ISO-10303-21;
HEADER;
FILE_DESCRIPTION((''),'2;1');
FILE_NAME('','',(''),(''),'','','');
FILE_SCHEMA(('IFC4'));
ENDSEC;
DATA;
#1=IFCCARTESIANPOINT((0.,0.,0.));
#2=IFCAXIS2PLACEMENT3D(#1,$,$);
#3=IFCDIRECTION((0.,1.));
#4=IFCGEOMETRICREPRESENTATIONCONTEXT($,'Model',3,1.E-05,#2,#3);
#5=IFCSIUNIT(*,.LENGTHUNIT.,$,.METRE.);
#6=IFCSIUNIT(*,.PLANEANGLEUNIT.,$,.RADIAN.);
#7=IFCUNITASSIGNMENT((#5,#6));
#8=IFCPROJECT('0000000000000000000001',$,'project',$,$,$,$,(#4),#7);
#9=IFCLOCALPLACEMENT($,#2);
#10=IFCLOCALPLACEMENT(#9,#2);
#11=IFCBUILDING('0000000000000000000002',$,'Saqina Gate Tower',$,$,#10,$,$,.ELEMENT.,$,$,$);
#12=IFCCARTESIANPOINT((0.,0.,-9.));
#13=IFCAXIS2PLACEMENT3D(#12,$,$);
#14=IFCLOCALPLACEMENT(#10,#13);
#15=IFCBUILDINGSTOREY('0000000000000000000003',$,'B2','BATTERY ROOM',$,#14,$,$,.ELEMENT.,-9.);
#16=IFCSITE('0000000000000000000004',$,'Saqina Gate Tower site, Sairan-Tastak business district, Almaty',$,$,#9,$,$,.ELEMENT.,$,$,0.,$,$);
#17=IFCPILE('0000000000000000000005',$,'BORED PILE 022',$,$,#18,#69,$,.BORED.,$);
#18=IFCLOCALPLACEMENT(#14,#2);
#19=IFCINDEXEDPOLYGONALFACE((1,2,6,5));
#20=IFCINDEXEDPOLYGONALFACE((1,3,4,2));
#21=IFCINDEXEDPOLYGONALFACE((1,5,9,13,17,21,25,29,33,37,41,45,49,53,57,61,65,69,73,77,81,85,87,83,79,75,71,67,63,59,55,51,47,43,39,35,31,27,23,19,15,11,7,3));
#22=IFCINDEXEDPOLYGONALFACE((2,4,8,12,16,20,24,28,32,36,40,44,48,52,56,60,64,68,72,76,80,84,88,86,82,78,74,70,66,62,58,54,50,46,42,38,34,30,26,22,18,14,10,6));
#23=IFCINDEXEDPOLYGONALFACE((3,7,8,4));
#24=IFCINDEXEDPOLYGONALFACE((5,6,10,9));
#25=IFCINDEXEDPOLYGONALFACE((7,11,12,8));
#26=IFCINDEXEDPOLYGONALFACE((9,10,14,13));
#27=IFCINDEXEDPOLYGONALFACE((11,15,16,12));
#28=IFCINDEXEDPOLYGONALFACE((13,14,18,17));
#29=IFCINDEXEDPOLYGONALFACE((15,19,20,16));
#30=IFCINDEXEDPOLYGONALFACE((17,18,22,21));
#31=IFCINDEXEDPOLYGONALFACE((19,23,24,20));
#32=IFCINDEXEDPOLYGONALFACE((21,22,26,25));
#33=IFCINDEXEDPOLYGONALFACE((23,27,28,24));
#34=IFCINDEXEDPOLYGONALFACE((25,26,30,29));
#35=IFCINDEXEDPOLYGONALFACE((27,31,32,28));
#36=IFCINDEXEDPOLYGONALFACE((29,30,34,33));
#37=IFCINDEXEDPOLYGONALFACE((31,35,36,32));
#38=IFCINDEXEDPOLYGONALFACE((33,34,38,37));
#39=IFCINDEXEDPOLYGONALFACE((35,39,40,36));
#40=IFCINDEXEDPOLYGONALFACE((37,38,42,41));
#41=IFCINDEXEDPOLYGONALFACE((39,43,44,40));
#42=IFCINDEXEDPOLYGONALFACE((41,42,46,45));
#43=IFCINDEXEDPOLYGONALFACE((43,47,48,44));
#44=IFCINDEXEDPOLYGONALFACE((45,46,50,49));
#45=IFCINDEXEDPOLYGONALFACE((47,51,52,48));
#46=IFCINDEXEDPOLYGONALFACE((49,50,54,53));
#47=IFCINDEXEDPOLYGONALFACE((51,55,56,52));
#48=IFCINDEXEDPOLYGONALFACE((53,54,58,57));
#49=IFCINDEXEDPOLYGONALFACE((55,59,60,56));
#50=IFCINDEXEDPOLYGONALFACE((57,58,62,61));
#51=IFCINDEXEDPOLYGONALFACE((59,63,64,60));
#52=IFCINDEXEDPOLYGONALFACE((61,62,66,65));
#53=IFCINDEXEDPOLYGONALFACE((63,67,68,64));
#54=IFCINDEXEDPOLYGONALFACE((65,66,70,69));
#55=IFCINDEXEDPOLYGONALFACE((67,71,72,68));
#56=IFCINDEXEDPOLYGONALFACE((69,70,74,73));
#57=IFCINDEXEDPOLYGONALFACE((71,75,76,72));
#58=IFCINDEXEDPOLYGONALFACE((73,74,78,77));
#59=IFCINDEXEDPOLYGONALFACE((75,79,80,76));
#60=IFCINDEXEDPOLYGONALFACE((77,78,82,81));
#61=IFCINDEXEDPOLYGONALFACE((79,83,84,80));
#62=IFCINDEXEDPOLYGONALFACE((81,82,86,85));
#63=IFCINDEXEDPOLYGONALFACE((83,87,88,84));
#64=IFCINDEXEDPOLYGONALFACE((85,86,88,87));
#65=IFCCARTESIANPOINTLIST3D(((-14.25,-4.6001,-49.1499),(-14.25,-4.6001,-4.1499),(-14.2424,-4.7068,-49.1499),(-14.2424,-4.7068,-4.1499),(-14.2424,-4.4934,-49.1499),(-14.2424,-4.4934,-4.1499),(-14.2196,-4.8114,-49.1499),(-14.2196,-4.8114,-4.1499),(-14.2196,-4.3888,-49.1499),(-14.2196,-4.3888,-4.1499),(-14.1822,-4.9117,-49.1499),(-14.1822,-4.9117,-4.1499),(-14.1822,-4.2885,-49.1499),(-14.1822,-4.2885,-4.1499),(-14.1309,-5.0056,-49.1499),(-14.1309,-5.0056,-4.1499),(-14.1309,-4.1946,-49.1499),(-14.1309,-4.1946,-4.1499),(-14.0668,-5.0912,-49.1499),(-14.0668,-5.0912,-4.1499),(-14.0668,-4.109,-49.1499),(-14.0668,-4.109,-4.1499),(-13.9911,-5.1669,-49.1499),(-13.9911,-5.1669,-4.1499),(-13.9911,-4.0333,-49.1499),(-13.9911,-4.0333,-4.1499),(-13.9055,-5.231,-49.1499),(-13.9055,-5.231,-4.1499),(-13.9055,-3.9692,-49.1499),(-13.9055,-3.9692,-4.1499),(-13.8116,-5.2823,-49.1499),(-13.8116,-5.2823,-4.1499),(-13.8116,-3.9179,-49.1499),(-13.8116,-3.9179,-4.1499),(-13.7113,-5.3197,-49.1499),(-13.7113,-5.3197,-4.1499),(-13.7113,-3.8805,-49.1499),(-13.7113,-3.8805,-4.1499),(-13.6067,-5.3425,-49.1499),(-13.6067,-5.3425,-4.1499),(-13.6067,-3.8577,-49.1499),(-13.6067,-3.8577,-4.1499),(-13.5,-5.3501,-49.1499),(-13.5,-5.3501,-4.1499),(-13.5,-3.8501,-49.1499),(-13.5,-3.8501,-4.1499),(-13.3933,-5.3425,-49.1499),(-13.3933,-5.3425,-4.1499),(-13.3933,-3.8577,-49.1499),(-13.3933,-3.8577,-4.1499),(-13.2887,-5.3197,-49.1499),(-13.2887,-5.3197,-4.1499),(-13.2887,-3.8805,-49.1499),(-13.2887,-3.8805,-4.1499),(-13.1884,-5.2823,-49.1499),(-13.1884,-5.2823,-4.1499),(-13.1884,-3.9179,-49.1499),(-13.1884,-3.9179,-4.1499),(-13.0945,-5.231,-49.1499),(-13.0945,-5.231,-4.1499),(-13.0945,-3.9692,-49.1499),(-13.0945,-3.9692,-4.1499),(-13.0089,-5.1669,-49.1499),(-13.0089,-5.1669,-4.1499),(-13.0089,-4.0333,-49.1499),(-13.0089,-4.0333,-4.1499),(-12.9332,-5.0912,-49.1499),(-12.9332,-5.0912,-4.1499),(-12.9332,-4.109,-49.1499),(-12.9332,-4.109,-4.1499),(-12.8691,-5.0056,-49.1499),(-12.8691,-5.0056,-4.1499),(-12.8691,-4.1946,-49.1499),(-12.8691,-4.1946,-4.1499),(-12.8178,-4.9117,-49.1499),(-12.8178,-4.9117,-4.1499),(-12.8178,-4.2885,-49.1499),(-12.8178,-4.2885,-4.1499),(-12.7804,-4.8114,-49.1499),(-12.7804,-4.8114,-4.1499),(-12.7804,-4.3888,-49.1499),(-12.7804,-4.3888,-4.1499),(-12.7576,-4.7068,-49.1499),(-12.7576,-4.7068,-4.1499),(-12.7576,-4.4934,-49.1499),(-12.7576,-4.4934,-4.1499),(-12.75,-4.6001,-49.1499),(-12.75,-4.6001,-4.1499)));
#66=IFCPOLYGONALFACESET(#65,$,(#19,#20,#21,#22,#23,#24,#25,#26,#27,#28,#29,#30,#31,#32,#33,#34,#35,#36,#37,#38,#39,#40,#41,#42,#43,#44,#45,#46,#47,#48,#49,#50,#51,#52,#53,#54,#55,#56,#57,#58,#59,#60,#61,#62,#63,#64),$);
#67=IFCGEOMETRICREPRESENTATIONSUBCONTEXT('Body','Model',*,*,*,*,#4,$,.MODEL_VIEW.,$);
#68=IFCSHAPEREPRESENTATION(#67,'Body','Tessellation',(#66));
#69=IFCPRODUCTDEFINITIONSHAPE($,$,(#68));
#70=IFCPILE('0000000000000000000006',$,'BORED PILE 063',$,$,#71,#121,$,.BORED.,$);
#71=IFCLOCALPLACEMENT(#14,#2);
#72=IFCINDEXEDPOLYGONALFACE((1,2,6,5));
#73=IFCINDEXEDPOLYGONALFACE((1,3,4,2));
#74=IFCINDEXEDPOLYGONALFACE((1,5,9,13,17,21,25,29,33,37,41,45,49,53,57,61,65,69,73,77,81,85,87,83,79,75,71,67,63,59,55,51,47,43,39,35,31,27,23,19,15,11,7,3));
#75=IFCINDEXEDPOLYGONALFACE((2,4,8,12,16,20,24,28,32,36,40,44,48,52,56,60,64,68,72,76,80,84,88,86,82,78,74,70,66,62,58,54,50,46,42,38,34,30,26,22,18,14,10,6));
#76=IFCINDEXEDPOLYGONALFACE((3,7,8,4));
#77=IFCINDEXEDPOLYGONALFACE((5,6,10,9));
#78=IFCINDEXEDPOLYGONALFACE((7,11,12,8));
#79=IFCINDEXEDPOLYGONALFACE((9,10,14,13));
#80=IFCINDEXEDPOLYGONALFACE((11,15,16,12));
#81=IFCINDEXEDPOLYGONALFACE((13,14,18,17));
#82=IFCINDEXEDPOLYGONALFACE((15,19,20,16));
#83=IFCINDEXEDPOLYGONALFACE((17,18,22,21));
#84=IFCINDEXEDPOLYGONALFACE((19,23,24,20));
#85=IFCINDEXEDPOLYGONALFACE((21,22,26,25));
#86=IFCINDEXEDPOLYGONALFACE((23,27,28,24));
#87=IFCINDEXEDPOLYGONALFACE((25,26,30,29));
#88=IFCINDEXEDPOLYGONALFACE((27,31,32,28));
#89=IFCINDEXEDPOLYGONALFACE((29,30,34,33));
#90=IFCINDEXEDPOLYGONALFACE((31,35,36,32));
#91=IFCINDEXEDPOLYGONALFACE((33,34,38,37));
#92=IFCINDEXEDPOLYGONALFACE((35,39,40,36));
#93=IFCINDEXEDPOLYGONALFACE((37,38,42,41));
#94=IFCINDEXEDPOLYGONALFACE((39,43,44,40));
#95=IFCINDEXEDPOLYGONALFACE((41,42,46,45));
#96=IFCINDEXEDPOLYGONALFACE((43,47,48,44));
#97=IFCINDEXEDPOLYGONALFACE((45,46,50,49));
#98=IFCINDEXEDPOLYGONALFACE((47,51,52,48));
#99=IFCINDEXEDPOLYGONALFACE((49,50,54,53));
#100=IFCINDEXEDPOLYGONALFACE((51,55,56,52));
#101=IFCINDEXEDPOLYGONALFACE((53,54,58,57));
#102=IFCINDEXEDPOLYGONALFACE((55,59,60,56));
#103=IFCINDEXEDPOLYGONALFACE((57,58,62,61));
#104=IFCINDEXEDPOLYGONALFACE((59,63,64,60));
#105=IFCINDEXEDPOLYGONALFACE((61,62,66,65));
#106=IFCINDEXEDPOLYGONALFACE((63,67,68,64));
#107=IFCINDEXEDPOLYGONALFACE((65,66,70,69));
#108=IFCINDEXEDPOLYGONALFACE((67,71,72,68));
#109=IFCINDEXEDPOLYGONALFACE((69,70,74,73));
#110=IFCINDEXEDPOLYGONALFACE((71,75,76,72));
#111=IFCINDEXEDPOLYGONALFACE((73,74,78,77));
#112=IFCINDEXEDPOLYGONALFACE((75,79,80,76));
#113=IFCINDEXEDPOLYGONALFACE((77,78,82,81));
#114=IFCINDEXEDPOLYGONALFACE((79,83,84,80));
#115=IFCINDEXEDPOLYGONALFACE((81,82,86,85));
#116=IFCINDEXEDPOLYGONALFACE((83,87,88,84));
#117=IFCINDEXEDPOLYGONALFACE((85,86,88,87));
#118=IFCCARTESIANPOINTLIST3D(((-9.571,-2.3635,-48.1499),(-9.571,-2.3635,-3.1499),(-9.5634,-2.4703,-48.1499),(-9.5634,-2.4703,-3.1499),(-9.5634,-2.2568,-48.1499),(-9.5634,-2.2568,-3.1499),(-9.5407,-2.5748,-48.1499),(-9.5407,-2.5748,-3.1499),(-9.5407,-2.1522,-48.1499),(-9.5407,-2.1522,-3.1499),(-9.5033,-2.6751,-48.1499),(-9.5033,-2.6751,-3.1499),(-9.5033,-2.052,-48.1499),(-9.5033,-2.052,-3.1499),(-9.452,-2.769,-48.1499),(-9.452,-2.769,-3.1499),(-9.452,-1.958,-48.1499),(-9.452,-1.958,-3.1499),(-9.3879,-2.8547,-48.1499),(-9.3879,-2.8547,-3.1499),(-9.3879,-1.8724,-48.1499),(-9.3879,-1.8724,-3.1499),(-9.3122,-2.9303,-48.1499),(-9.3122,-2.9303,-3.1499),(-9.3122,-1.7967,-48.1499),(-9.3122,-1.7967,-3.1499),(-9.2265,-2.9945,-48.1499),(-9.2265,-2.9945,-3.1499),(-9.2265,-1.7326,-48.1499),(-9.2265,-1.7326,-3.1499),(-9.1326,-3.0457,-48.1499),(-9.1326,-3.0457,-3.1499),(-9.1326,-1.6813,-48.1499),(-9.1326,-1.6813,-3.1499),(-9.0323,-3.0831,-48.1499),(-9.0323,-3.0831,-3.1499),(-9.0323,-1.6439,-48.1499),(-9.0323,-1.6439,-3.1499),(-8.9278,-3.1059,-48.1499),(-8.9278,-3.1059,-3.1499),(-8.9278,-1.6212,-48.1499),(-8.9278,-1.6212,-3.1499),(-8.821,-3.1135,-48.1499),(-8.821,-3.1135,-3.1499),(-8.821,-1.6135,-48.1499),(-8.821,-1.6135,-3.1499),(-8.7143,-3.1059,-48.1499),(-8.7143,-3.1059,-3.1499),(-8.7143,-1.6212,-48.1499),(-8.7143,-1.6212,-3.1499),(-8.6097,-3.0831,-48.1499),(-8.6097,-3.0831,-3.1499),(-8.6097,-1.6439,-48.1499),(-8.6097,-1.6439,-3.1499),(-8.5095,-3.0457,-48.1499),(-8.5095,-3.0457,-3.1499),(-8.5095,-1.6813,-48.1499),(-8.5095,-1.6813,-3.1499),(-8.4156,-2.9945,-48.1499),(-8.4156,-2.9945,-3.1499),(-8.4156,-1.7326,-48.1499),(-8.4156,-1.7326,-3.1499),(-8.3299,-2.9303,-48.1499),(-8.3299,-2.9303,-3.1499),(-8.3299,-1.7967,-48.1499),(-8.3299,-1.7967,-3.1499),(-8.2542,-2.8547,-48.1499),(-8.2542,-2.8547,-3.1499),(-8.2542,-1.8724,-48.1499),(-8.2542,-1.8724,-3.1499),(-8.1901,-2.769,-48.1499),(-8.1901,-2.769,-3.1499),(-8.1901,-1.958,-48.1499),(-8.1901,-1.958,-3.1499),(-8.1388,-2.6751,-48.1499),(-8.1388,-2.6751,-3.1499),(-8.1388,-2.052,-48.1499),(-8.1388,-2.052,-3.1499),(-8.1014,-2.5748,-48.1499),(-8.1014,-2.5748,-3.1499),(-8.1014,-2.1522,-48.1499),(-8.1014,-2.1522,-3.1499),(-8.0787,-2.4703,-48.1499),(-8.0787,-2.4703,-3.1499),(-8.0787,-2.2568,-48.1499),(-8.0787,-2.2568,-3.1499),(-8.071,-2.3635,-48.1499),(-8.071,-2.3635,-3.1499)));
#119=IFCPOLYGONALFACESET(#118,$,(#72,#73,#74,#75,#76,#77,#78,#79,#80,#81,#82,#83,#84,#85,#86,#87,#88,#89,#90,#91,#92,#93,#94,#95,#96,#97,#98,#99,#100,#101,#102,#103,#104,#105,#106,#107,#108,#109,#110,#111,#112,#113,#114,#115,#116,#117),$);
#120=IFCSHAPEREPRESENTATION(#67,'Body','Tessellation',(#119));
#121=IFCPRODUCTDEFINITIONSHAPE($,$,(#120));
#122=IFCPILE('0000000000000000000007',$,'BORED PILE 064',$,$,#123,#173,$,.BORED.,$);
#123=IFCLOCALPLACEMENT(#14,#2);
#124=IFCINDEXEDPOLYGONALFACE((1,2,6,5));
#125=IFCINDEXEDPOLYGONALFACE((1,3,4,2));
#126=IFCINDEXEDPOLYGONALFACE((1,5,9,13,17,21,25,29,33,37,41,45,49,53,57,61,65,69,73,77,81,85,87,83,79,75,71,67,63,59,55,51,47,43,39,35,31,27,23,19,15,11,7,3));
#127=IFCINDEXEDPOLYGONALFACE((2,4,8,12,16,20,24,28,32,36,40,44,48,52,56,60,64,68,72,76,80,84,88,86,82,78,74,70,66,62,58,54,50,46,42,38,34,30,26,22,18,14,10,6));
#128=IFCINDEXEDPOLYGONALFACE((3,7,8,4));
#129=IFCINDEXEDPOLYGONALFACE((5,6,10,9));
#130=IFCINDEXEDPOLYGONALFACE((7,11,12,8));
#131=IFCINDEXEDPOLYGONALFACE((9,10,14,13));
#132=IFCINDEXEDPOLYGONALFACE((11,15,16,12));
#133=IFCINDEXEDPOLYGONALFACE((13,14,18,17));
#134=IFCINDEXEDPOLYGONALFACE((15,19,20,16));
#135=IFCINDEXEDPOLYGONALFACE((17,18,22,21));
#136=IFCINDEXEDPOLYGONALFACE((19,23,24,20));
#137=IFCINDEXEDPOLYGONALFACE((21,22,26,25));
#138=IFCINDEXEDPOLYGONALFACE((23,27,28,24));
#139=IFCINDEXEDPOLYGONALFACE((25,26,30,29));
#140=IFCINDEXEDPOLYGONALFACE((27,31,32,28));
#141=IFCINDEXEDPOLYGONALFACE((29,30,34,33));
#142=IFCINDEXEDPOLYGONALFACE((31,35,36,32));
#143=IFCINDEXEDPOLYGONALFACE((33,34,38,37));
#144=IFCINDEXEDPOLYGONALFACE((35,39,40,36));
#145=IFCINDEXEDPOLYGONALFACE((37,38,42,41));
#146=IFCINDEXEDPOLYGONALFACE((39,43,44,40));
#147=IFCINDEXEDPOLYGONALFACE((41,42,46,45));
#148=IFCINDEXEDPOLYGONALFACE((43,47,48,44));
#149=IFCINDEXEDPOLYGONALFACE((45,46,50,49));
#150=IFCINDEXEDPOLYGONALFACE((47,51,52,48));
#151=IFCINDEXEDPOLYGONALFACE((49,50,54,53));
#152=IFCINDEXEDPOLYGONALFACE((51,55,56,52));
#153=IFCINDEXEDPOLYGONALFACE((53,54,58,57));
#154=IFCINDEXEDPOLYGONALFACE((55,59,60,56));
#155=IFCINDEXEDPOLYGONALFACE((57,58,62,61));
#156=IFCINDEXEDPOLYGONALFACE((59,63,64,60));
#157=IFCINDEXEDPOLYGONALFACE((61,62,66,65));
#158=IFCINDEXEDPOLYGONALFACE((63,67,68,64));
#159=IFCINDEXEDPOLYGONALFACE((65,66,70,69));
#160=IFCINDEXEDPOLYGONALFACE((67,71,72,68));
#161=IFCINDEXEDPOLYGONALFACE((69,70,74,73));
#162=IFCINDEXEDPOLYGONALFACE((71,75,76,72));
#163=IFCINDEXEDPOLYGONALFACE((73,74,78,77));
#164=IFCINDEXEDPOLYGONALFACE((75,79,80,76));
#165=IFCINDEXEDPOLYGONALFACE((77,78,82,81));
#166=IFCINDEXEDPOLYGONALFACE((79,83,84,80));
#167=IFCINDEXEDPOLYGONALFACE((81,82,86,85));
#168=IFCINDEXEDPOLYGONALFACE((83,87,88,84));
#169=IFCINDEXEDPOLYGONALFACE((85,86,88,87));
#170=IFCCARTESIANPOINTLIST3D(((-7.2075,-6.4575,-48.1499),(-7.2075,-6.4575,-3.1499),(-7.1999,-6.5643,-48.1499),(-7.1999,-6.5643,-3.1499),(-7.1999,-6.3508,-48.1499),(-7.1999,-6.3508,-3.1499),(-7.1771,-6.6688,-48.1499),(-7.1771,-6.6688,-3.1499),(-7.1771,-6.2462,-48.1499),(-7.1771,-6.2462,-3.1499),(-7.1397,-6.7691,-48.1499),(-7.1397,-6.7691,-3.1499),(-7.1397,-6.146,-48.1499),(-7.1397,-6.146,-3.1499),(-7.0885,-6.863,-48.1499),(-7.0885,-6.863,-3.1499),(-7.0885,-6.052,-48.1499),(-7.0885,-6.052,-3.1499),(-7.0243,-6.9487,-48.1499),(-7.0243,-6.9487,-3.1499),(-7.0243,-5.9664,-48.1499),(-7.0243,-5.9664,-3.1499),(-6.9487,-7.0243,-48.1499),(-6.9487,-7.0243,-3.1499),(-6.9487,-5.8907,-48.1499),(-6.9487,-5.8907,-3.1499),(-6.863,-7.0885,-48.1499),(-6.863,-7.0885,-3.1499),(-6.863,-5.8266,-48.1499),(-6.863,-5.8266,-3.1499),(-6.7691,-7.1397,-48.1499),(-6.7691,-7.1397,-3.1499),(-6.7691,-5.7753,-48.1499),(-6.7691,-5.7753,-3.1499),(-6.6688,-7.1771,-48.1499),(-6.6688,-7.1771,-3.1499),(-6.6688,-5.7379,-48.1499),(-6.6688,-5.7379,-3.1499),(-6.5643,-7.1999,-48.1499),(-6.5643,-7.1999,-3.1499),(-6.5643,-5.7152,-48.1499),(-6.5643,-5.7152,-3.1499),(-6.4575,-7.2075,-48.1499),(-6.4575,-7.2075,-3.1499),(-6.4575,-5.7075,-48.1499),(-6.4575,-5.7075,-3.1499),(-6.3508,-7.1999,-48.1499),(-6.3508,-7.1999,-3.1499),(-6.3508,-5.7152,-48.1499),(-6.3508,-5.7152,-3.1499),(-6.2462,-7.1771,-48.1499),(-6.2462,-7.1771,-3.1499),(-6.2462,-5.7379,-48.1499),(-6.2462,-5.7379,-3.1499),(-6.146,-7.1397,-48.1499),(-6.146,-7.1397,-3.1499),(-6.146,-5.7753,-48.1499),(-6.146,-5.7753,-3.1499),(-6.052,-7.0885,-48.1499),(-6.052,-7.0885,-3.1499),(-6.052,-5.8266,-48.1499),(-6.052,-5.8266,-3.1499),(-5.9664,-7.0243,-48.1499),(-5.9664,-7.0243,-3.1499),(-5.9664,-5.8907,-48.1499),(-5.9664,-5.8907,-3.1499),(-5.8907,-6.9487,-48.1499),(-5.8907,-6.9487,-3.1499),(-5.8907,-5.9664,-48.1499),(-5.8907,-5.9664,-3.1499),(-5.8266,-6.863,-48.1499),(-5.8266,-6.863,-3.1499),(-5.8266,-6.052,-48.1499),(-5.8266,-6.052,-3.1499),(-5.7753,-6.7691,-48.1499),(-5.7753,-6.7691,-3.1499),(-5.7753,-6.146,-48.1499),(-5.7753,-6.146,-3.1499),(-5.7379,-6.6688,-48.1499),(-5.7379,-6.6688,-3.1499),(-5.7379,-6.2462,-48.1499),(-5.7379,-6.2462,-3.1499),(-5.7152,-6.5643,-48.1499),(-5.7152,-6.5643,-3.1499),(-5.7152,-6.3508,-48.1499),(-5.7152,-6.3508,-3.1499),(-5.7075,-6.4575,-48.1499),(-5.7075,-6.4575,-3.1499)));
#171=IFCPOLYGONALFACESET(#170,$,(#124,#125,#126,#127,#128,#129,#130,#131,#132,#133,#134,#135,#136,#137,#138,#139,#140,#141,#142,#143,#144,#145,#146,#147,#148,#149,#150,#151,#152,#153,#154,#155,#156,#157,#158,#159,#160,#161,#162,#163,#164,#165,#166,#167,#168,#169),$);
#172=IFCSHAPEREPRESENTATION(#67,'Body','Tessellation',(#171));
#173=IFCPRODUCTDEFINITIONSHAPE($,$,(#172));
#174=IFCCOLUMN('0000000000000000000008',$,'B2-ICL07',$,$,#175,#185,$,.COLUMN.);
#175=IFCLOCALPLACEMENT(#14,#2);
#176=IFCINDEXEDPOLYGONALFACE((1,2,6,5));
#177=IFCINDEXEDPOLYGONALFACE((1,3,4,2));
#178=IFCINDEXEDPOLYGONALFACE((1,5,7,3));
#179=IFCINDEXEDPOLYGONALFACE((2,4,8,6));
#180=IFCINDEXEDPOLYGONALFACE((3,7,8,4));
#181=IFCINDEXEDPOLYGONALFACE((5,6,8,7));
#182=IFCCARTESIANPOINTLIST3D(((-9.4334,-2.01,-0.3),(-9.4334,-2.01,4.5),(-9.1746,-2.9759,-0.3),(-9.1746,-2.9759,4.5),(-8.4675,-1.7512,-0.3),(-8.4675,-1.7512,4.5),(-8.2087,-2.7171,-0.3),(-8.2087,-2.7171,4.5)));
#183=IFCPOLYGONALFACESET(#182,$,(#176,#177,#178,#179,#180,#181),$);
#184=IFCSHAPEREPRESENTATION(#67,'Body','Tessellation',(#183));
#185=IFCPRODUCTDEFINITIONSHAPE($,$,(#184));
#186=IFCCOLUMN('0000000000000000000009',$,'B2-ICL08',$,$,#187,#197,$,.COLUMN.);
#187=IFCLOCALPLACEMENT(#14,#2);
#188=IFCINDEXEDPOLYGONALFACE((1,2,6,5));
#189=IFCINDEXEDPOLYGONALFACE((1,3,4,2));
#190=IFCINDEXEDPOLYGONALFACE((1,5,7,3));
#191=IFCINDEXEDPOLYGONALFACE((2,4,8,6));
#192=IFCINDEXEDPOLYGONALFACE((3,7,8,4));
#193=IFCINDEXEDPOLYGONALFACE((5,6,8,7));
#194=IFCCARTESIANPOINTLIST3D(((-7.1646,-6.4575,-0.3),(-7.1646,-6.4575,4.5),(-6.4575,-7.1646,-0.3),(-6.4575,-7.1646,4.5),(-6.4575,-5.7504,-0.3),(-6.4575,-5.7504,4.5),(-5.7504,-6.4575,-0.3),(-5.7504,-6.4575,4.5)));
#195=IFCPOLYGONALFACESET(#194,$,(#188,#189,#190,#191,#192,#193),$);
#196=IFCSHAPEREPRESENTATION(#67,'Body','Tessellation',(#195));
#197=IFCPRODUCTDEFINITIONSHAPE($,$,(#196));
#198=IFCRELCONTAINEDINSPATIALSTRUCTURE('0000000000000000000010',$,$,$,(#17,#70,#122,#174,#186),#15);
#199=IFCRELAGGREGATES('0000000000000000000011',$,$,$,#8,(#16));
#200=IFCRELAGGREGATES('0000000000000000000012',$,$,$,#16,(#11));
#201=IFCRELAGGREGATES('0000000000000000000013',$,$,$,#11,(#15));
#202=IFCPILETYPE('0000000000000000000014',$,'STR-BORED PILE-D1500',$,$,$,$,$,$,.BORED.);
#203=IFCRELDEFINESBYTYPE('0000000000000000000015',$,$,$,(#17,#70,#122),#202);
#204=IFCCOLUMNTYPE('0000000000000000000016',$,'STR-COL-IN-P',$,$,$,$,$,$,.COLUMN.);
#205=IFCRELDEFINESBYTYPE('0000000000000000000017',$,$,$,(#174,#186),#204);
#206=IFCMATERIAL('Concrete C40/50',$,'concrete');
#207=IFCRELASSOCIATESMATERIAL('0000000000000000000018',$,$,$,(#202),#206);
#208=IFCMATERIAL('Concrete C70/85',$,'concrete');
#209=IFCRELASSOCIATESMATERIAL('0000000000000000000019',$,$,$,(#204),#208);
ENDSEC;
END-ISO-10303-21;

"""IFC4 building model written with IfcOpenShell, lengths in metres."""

from ifc_helpers import new_model, si_unit, direction, frame, origin, origin_2d, place, context, subcontext, project, spatial, rectangle, circle, extrude, material, material_profile, profile_set, type_object, element, save


model = new_model("IFC4")

# Units and contexts
model_context = context("Model", 3, precision=1e-05, world=origin(), true_north=direction((0.0, 1.0)))
body_context = subcontext(model_context, "Body", "Model", "MODEL_VIEW")
ifc_project = project(units=[si_unit("LENGTHUNIT", "METRE"), si_unit("PLANEANGLEUNIT", "RADIAN")], contexts=[model_context])

# Site, building, storey
site_placement = place(None, origin())
site = spatial("IfcSite", under=ifc_project, at=site_placement, Name="Saqina Gate Tower site, Sairan-Tastak business district, Almaty", CompositionType="ELEMENT", RefElevation=0.0)
building_placement = place(site_placement, origin())
building = spatial("IfcBuilding", under=site, at=building_placement, Name="Saqina Gate Tower", CompositionType="ELEMENT")
storey_placement = place(building_placement, frame((0.0, 0.0, -9.0)))
storey = spatial("IfcBuildingStorey", under=building, at=storey_placement, Name="B2", Description="BATTERY ROOM", CompositionType="ELEMENT", Elevation=-9.0)

# Piles
ifc_material_1 = material(Name="Concrete C40/50", Category="concrete")
ifc_material_profile_1 = material_profile(ifc_material_1, circle(Radius=0.75, at=origin_2d()), Name="RC D1500")
ifc_profile_set_1 = profile_set([ifc_material_profile_1], Name="Concrete C40/50")
pile_type = type_object("IfcPileType", Name="STR-BORED PILE-D1500", PredefinedType="BORED", material=ifc_profile_set_1)
for number, where, z_axis, x_axis, name in (
    (1, (-13.5, -4.6001, -4.1499), (0.0, 0.0, -1.0), (1.0, 0.0, 0.0), "BORED PILE 022"),
    (2, (-8.821, -2.3635, -3.1499), (0.0, 0.0, -1.0), (1.0, 0.0, 0.0), "BORED PILE 063"),
    (3, (-6.4575, -6.4575, -3.1499), (0.0, 0.0, -1.0), (1.0, 0.0, 0.0), "BORED PILE 064"),
):
    element("IfcPile", number, at=place(storey_placement, frame(where, z_axis=z_axis, x_axis=x_axis)), inside=storey, type_object=pile_type, Name=name, PredefinedType="BORED", context=body_context, shape_type="SweptSolid", body=[
        extrude(circle(Radius=0.75, at=origin_2d()), origin(), (0.0, 0.0, 1.0), 45.0),
    ])

# Columns
ifc_material_2 = material(Name="Concrete C70/85", Category="concrete")
ifc_material_profile_2 = material_profile(ifc_material_2, rectangle(XDim=1.0, YDim=1.0, at=origin_2d()), Name="RC 1000x1000")
ifc_profile_set_2 = profile_set([ifc_material_profile_2], Name="Concrete C70/85")
column_type = type_object("IfcColumnType", Name="STR-COL-IN-P", PredefinedType="COLUMN", material=ifc_profile_set_2)
for number, where, z_axis, x_axis, name in (
    (4, (-8.821, -2.3635, -0.3), (0.0, 0.0, 1.0), (-0.965926, -0.258819, 0.0), "B2-ICL07"),
    (5, (-6.4575, -6.4575, -0.3), (0.0, 0.0, 1.0), (-0.707107, -0.707107, 0.0), "B2-ICL08"),
):
    element("IfcColumn", number, at=place(storey_placement, frame(where, z_axis=z_axis, x_axis=x_axis)), inside=storey, type_object=column_type, Name=name, PredefinedType="COLUMN", context=body_context, shape_type="SweptSolid", body=[
        extrude(rectangle(XDim=1.0, YDim=1.0, at=origin_2d()), origin(), (0.0, 0.0, 1.0), 4.8),
    ])

save(model, "model.ifc")
